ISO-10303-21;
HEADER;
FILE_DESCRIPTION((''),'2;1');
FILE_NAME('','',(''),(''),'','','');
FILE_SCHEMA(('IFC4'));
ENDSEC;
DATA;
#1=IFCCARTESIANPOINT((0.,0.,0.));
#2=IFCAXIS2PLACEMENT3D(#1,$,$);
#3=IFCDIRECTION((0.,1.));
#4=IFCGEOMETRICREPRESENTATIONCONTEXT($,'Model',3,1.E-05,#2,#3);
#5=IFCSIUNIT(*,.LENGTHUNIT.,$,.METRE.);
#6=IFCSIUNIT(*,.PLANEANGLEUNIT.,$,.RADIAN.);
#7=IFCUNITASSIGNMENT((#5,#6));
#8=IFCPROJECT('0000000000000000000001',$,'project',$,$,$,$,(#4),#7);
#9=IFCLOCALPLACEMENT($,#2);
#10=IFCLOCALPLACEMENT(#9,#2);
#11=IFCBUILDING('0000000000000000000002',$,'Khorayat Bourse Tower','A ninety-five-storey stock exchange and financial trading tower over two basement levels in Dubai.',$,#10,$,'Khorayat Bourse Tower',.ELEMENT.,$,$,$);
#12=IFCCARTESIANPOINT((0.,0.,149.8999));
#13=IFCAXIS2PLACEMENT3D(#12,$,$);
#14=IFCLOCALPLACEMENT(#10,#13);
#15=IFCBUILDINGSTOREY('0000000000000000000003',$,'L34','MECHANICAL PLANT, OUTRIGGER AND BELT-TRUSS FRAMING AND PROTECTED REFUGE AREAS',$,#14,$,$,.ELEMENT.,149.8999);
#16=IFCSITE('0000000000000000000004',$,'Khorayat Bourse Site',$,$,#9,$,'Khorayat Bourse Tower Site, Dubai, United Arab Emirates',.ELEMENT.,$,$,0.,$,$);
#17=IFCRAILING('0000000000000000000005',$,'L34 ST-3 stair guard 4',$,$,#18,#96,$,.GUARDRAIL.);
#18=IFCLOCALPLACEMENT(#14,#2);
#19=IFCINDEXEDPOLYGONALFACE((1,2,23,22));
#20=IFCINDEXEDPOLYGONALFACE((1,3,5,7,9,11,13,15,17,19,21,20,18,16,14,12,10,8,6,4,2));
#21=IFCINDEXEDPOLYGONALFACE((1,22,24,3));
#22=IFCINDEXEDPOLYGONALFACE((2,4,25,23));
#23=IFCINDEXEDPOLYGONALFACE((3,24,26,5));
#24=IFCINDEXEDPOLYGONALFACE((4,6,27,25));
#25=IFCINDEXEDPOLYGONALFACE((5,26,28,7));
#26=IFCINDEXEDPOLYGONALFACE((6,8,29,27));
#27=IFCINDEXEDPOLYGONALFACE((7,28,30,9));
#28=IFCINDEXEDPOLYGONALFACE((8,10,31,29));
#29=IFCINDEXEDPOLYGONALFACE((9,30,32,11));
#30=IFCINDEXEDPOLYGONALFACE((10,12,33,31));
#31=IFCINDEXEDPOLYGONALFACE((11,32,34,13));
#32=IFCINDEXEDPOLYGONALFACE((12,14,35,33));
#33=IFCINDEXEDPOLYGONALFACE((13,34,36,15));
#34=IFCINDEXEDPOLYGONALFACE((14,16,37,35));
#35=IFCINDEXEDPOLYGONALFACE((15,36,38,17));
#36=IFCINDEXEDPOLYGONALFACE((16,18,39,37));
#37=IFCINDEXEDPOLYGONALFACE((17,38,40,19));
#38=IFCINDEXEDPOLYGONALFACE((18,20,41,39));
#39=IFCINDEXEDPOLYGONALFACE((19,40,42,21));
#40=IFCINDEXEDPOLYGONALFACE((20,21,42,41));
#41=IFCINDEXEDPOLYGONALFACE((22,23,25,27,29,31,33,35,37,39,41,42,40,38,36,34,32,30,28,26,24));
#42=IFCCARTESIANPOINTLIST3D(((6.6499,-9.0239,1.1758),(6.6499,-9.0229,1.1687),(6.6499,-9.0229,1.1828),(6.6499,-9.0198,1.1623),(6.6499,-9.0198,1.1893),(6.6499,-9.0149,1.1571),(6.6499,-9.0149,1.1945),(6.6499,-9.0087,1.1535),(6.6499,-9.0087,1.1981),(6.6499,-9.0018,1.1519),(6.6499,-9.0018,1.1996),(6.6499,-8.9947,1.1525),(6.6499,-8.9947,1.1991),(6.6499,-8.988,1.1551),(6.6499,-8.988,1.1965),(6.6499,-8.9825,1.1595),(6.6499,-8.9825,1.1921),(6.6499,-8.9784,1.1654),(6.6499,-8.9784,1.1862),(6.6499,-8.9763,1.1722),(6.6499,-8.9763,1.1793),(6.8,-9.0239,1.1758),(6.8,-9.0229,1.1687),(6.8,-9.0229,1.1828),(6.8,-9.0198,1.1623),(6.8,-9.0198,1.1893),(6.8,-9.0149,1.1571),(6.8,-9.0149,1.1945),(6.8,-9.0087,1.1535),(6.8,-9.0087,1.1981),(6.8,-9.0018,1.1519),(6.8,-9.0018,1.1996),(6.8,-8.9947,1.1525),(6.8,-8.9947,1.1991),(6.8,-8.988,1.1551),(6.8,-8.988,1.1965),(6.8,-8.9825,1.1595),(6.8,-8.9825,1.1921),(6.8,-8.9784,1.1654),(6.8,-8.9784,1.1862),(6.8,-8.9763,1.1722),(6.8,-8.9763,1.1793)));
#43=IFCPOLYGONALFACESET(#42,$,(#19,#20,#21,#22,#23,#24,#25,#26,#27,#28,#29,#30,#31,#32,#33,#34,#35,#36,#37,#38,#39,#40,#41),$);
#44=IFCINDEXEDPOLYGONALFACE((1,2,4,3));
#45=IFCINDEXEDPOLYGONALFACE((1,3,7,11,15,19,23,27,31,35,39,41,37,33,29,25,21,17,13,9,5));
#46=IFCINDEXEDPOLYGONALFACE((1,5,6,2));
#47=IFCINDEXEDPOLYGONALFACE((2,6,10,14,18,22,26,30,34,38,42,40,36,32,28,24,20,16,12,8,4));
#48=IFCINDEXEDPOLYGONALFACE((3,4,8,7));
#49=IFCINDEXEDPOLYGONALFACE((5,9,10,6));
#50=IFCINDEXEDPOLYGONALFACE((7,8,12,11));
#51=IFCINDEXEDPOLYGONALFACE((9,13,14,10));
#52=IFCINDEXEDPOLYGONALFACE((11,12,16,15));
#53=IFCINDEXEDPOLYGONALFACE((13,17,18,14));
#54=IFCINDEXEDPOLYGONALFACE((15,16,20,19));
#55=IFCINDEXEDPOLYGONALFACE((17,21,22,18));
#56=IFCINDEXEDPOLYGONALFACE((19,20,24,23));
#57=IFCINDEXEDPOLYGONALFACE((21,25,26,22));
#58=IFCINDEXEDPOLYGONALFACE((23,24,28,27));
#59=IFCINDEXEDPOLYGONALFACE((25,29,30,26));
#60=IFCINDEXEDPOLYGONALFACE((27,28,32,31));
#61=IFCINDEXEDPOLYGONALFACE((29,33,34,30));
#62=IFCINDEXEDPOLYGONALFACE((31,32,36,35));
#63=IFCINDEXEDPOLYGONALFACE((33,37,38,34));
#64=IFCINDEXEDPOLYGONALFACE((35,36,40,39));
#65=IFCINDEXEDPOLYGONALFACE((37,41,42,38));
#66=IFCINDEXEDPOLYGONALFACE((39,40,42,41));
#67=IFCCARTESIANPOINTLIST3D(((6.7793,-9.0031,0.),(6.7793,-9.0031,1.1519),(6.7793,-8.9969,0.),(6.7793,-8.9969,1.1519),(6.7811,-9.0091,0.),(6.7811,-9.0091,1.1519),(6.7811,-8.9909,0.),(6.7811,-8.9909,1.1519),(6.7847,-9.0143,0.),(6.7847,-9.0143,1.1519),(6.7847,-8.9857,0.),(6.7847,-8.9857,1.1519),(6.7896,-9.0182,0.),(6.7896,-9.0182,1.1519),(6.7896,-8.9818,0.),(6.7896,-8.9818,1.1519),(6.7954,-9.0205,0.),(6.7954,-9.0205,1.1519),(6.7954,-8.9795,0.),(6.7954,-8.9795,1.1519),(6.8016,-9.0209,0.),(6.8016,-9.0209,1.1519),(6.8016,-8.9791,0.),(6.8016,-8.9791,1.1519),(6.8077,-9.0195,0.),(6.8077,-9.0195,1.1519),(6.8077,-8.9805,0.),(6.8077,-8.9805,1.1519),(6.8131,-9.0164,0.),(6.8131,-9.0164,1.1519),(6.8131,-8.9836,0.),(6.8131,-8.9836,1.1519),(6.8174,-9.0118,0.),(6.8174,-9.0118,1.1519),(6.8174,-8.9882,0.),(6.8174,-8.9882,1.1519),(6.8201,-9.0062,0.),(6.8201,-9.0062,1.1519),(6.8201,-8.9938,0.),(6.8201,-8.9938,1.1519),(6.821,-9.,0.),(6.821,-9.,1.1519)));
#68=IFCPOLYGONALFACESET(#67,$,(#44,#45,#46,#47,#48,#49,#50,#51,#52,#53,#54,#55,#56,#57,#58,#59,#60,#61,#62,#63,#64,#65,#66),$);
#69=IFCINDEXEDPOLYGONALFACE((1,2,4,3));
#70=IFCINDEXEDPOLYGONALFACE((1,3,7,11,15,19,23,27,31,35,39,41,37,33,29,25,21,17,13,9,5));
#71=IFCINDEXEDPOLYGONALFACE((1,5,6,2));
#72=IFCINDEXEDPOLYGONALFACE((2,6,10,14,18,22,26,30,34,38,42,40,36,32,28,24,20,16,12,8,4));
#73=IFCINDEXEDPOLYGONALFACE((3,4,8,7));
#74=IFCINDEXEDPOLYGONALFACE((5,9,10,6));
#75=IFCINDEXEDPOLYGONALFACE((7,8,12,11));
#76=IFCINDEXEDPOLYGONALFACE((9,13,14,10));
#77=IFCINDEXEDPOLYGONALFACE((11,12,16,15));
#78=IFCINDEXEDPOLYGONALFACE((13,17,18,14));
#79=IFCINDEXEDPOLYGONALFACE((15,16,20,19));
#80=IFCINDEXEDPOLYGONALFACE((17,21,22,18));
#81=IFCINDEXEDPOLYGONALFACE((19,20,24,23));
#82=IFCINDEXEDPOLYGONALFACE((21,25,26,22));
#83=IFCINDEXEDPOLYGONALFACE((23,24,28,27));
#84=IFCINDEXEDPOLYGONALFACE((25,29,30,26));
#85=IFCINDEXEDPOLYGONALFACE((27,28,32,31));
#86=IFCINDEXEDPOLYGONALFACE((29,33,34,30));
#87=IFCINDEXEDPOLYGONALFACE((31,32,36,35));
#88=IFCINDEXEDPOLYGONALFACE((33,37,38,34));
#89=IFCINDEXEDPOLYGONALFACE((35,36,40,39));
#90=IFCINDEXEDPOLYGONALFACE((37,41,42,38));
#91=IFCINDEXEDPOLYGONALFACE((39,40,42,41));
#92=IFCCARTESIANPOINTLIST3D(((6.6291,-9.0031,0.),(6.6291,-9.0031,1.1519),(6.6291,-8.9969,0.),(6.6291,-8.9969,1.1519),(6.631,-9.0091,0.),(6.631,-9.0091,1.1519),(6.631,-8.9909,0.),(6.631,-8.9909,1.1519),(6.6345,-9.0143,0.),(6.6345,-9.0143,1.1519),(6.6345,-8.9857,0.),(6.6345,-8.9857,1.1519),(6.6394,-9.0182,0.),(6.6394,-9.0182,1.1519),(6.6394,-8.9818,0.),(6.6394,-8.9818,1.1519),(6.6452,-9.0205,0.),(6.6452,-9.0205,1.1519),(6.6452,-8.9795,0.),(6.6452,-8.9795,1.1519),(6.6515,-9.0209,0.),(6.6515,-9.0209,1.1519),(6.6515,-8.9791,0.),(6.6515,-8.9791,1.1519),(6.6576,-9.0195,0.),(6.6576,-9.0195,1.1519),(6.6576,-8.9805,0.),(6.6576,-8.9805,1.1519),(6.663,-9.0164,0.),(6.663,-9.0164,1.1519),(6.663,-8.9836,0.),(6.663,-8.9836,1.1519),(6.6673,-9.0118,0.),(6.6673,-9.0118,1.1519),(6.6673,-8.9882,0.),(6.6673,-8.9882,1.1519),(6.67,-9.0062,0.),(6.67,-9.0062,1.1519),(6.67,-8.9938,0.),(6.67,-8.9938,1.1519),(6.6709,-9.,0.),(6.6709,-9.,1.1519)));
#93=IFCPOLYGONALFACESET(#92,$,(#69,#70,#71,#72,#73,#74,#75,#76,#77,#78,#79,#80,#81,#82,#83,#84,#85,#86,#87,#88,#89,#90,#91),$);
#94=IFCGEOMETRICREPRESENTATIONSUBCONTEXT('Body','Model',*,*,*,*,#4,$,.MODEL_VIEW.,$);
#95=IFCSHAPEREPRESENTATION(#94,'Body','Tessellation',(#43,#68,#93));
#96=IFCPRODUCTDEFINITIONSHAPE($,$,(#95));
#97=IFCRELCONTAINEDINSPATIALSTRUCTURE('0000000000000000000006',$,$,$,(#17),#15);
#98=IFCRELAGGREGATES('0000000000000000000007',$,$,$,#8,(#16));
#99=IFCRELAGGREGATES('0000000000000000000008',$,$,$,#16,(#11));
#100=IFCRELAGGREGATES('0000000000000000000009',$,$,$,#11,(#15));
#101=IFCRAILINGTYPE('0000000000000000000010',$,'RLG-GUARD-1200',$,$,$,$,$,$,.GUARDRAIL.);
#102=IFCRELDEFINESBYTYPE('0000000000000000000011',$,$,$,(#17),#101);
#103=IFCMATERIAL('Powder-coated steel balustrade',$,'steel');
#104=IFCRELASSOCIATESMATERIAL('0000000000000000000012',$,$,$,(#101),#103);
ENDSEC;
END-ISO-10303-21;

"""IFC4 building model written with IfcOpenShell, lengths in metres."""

from ifc_helpers import new_model, si_unit, direction, frame, origin, origin_2d, place, context, subcontext, project, spatial, circle, extrude, source, transform, mapped, material, type_object, element, save


model = new_model("IFC4")

# Units and contexts
model_context = context("Model", 3, precision=1e-05, world=origin(), true_north=direction((0.0, 1.0)))
body_context = subcontext(model_context, "Body", "Model", "MODEL_VIEW")
ifc_project = project(units=[si_unit("LENGTHUNIT", "METRE"), si_unit("PLANEANGLEUNIT", "RADIAN")], contexts=[model_context])

# Site, building, storey
site_placement = place(None, origin())
site = spatial("IfcSite", under=ifc_project, at=site_placement, Name="Khorayat Bourse Site", LongName="Khorayat Bourse Tower Site, Dubai, United Arab Emirates", CompositionType="ELEMENT", RefElevation=0.0)
building_placement = place(site_placement, origin())
building = spatial("IfcBuilding", under=site, at=building_placement, Name="Khorayat Bourse Tower", Description="A ninety-five-storey stock exchange and financial trading tower over two basement levels in Dubai.", LongName="Khorayat Bourse Tower", CompositionType="ELEMENT")
storey_placement = place(building_placement, frame((0.0, 0.0, 149.8999)))
storey = spatial("IfcBuildingStorey", under=building, at=storey_placement, Name="L34", Description="MECHANICAL PLANT, OUTRIGGER AND BELT-TRUSS FRAMING AND PROTECTED REFUGE AREAS", CompositionType="ELEMENT", Elevation=149.8999)

# Railing
ifc_material_1 = material(Name="Powder-coated steel balustrade", Category="steel")
railing_type_1 = type_object("IfcRailingType", Name="RLG-GUARD-1200", PredefinedType="GUARDRAIL", material=ifc_material_1)
shared_shape_1 = source(origin(), body_context, "Body", "SweptSolid", [
    extrude(circle(Radius=0.0239, at=origin_2d()), frame((0.0, 0.0, 1.1758), z_axis=(-1.0, 0.0, 0.0), x_axis=(0.0, -1.0, 0.0)), (0.0, 0.0, 1.0), 0.1501),
    extrude(circle(Radius=0.021, at=origin_2d()), origin(), (0.0, 0.0, 1.0), 1.1519),
    extrude(circle(Radius=0.021, at=origin_2d()), frame((-0.1501, 0.0, 0.0)), (0.0, 0.0, 1.0), 1.1519),
])
for number, where, name in (
    (1, (6.8, -9.0, 0.0), "L34 ST-3 stair guard 4"),
):
    element("IfcRailing", number, at=place(storey_placement, frame(where)), inside=storey, type_object=railing_type_1, Name=name, PredefinedType="GUARDRAIL", context=body_context, shape_type="MappedRepresentation", body=[
        mapped(shared_shape_1, transform((0.0, 0.0, 0.0), scale=1.0)),
    ])

save(model, "model.ifc")
